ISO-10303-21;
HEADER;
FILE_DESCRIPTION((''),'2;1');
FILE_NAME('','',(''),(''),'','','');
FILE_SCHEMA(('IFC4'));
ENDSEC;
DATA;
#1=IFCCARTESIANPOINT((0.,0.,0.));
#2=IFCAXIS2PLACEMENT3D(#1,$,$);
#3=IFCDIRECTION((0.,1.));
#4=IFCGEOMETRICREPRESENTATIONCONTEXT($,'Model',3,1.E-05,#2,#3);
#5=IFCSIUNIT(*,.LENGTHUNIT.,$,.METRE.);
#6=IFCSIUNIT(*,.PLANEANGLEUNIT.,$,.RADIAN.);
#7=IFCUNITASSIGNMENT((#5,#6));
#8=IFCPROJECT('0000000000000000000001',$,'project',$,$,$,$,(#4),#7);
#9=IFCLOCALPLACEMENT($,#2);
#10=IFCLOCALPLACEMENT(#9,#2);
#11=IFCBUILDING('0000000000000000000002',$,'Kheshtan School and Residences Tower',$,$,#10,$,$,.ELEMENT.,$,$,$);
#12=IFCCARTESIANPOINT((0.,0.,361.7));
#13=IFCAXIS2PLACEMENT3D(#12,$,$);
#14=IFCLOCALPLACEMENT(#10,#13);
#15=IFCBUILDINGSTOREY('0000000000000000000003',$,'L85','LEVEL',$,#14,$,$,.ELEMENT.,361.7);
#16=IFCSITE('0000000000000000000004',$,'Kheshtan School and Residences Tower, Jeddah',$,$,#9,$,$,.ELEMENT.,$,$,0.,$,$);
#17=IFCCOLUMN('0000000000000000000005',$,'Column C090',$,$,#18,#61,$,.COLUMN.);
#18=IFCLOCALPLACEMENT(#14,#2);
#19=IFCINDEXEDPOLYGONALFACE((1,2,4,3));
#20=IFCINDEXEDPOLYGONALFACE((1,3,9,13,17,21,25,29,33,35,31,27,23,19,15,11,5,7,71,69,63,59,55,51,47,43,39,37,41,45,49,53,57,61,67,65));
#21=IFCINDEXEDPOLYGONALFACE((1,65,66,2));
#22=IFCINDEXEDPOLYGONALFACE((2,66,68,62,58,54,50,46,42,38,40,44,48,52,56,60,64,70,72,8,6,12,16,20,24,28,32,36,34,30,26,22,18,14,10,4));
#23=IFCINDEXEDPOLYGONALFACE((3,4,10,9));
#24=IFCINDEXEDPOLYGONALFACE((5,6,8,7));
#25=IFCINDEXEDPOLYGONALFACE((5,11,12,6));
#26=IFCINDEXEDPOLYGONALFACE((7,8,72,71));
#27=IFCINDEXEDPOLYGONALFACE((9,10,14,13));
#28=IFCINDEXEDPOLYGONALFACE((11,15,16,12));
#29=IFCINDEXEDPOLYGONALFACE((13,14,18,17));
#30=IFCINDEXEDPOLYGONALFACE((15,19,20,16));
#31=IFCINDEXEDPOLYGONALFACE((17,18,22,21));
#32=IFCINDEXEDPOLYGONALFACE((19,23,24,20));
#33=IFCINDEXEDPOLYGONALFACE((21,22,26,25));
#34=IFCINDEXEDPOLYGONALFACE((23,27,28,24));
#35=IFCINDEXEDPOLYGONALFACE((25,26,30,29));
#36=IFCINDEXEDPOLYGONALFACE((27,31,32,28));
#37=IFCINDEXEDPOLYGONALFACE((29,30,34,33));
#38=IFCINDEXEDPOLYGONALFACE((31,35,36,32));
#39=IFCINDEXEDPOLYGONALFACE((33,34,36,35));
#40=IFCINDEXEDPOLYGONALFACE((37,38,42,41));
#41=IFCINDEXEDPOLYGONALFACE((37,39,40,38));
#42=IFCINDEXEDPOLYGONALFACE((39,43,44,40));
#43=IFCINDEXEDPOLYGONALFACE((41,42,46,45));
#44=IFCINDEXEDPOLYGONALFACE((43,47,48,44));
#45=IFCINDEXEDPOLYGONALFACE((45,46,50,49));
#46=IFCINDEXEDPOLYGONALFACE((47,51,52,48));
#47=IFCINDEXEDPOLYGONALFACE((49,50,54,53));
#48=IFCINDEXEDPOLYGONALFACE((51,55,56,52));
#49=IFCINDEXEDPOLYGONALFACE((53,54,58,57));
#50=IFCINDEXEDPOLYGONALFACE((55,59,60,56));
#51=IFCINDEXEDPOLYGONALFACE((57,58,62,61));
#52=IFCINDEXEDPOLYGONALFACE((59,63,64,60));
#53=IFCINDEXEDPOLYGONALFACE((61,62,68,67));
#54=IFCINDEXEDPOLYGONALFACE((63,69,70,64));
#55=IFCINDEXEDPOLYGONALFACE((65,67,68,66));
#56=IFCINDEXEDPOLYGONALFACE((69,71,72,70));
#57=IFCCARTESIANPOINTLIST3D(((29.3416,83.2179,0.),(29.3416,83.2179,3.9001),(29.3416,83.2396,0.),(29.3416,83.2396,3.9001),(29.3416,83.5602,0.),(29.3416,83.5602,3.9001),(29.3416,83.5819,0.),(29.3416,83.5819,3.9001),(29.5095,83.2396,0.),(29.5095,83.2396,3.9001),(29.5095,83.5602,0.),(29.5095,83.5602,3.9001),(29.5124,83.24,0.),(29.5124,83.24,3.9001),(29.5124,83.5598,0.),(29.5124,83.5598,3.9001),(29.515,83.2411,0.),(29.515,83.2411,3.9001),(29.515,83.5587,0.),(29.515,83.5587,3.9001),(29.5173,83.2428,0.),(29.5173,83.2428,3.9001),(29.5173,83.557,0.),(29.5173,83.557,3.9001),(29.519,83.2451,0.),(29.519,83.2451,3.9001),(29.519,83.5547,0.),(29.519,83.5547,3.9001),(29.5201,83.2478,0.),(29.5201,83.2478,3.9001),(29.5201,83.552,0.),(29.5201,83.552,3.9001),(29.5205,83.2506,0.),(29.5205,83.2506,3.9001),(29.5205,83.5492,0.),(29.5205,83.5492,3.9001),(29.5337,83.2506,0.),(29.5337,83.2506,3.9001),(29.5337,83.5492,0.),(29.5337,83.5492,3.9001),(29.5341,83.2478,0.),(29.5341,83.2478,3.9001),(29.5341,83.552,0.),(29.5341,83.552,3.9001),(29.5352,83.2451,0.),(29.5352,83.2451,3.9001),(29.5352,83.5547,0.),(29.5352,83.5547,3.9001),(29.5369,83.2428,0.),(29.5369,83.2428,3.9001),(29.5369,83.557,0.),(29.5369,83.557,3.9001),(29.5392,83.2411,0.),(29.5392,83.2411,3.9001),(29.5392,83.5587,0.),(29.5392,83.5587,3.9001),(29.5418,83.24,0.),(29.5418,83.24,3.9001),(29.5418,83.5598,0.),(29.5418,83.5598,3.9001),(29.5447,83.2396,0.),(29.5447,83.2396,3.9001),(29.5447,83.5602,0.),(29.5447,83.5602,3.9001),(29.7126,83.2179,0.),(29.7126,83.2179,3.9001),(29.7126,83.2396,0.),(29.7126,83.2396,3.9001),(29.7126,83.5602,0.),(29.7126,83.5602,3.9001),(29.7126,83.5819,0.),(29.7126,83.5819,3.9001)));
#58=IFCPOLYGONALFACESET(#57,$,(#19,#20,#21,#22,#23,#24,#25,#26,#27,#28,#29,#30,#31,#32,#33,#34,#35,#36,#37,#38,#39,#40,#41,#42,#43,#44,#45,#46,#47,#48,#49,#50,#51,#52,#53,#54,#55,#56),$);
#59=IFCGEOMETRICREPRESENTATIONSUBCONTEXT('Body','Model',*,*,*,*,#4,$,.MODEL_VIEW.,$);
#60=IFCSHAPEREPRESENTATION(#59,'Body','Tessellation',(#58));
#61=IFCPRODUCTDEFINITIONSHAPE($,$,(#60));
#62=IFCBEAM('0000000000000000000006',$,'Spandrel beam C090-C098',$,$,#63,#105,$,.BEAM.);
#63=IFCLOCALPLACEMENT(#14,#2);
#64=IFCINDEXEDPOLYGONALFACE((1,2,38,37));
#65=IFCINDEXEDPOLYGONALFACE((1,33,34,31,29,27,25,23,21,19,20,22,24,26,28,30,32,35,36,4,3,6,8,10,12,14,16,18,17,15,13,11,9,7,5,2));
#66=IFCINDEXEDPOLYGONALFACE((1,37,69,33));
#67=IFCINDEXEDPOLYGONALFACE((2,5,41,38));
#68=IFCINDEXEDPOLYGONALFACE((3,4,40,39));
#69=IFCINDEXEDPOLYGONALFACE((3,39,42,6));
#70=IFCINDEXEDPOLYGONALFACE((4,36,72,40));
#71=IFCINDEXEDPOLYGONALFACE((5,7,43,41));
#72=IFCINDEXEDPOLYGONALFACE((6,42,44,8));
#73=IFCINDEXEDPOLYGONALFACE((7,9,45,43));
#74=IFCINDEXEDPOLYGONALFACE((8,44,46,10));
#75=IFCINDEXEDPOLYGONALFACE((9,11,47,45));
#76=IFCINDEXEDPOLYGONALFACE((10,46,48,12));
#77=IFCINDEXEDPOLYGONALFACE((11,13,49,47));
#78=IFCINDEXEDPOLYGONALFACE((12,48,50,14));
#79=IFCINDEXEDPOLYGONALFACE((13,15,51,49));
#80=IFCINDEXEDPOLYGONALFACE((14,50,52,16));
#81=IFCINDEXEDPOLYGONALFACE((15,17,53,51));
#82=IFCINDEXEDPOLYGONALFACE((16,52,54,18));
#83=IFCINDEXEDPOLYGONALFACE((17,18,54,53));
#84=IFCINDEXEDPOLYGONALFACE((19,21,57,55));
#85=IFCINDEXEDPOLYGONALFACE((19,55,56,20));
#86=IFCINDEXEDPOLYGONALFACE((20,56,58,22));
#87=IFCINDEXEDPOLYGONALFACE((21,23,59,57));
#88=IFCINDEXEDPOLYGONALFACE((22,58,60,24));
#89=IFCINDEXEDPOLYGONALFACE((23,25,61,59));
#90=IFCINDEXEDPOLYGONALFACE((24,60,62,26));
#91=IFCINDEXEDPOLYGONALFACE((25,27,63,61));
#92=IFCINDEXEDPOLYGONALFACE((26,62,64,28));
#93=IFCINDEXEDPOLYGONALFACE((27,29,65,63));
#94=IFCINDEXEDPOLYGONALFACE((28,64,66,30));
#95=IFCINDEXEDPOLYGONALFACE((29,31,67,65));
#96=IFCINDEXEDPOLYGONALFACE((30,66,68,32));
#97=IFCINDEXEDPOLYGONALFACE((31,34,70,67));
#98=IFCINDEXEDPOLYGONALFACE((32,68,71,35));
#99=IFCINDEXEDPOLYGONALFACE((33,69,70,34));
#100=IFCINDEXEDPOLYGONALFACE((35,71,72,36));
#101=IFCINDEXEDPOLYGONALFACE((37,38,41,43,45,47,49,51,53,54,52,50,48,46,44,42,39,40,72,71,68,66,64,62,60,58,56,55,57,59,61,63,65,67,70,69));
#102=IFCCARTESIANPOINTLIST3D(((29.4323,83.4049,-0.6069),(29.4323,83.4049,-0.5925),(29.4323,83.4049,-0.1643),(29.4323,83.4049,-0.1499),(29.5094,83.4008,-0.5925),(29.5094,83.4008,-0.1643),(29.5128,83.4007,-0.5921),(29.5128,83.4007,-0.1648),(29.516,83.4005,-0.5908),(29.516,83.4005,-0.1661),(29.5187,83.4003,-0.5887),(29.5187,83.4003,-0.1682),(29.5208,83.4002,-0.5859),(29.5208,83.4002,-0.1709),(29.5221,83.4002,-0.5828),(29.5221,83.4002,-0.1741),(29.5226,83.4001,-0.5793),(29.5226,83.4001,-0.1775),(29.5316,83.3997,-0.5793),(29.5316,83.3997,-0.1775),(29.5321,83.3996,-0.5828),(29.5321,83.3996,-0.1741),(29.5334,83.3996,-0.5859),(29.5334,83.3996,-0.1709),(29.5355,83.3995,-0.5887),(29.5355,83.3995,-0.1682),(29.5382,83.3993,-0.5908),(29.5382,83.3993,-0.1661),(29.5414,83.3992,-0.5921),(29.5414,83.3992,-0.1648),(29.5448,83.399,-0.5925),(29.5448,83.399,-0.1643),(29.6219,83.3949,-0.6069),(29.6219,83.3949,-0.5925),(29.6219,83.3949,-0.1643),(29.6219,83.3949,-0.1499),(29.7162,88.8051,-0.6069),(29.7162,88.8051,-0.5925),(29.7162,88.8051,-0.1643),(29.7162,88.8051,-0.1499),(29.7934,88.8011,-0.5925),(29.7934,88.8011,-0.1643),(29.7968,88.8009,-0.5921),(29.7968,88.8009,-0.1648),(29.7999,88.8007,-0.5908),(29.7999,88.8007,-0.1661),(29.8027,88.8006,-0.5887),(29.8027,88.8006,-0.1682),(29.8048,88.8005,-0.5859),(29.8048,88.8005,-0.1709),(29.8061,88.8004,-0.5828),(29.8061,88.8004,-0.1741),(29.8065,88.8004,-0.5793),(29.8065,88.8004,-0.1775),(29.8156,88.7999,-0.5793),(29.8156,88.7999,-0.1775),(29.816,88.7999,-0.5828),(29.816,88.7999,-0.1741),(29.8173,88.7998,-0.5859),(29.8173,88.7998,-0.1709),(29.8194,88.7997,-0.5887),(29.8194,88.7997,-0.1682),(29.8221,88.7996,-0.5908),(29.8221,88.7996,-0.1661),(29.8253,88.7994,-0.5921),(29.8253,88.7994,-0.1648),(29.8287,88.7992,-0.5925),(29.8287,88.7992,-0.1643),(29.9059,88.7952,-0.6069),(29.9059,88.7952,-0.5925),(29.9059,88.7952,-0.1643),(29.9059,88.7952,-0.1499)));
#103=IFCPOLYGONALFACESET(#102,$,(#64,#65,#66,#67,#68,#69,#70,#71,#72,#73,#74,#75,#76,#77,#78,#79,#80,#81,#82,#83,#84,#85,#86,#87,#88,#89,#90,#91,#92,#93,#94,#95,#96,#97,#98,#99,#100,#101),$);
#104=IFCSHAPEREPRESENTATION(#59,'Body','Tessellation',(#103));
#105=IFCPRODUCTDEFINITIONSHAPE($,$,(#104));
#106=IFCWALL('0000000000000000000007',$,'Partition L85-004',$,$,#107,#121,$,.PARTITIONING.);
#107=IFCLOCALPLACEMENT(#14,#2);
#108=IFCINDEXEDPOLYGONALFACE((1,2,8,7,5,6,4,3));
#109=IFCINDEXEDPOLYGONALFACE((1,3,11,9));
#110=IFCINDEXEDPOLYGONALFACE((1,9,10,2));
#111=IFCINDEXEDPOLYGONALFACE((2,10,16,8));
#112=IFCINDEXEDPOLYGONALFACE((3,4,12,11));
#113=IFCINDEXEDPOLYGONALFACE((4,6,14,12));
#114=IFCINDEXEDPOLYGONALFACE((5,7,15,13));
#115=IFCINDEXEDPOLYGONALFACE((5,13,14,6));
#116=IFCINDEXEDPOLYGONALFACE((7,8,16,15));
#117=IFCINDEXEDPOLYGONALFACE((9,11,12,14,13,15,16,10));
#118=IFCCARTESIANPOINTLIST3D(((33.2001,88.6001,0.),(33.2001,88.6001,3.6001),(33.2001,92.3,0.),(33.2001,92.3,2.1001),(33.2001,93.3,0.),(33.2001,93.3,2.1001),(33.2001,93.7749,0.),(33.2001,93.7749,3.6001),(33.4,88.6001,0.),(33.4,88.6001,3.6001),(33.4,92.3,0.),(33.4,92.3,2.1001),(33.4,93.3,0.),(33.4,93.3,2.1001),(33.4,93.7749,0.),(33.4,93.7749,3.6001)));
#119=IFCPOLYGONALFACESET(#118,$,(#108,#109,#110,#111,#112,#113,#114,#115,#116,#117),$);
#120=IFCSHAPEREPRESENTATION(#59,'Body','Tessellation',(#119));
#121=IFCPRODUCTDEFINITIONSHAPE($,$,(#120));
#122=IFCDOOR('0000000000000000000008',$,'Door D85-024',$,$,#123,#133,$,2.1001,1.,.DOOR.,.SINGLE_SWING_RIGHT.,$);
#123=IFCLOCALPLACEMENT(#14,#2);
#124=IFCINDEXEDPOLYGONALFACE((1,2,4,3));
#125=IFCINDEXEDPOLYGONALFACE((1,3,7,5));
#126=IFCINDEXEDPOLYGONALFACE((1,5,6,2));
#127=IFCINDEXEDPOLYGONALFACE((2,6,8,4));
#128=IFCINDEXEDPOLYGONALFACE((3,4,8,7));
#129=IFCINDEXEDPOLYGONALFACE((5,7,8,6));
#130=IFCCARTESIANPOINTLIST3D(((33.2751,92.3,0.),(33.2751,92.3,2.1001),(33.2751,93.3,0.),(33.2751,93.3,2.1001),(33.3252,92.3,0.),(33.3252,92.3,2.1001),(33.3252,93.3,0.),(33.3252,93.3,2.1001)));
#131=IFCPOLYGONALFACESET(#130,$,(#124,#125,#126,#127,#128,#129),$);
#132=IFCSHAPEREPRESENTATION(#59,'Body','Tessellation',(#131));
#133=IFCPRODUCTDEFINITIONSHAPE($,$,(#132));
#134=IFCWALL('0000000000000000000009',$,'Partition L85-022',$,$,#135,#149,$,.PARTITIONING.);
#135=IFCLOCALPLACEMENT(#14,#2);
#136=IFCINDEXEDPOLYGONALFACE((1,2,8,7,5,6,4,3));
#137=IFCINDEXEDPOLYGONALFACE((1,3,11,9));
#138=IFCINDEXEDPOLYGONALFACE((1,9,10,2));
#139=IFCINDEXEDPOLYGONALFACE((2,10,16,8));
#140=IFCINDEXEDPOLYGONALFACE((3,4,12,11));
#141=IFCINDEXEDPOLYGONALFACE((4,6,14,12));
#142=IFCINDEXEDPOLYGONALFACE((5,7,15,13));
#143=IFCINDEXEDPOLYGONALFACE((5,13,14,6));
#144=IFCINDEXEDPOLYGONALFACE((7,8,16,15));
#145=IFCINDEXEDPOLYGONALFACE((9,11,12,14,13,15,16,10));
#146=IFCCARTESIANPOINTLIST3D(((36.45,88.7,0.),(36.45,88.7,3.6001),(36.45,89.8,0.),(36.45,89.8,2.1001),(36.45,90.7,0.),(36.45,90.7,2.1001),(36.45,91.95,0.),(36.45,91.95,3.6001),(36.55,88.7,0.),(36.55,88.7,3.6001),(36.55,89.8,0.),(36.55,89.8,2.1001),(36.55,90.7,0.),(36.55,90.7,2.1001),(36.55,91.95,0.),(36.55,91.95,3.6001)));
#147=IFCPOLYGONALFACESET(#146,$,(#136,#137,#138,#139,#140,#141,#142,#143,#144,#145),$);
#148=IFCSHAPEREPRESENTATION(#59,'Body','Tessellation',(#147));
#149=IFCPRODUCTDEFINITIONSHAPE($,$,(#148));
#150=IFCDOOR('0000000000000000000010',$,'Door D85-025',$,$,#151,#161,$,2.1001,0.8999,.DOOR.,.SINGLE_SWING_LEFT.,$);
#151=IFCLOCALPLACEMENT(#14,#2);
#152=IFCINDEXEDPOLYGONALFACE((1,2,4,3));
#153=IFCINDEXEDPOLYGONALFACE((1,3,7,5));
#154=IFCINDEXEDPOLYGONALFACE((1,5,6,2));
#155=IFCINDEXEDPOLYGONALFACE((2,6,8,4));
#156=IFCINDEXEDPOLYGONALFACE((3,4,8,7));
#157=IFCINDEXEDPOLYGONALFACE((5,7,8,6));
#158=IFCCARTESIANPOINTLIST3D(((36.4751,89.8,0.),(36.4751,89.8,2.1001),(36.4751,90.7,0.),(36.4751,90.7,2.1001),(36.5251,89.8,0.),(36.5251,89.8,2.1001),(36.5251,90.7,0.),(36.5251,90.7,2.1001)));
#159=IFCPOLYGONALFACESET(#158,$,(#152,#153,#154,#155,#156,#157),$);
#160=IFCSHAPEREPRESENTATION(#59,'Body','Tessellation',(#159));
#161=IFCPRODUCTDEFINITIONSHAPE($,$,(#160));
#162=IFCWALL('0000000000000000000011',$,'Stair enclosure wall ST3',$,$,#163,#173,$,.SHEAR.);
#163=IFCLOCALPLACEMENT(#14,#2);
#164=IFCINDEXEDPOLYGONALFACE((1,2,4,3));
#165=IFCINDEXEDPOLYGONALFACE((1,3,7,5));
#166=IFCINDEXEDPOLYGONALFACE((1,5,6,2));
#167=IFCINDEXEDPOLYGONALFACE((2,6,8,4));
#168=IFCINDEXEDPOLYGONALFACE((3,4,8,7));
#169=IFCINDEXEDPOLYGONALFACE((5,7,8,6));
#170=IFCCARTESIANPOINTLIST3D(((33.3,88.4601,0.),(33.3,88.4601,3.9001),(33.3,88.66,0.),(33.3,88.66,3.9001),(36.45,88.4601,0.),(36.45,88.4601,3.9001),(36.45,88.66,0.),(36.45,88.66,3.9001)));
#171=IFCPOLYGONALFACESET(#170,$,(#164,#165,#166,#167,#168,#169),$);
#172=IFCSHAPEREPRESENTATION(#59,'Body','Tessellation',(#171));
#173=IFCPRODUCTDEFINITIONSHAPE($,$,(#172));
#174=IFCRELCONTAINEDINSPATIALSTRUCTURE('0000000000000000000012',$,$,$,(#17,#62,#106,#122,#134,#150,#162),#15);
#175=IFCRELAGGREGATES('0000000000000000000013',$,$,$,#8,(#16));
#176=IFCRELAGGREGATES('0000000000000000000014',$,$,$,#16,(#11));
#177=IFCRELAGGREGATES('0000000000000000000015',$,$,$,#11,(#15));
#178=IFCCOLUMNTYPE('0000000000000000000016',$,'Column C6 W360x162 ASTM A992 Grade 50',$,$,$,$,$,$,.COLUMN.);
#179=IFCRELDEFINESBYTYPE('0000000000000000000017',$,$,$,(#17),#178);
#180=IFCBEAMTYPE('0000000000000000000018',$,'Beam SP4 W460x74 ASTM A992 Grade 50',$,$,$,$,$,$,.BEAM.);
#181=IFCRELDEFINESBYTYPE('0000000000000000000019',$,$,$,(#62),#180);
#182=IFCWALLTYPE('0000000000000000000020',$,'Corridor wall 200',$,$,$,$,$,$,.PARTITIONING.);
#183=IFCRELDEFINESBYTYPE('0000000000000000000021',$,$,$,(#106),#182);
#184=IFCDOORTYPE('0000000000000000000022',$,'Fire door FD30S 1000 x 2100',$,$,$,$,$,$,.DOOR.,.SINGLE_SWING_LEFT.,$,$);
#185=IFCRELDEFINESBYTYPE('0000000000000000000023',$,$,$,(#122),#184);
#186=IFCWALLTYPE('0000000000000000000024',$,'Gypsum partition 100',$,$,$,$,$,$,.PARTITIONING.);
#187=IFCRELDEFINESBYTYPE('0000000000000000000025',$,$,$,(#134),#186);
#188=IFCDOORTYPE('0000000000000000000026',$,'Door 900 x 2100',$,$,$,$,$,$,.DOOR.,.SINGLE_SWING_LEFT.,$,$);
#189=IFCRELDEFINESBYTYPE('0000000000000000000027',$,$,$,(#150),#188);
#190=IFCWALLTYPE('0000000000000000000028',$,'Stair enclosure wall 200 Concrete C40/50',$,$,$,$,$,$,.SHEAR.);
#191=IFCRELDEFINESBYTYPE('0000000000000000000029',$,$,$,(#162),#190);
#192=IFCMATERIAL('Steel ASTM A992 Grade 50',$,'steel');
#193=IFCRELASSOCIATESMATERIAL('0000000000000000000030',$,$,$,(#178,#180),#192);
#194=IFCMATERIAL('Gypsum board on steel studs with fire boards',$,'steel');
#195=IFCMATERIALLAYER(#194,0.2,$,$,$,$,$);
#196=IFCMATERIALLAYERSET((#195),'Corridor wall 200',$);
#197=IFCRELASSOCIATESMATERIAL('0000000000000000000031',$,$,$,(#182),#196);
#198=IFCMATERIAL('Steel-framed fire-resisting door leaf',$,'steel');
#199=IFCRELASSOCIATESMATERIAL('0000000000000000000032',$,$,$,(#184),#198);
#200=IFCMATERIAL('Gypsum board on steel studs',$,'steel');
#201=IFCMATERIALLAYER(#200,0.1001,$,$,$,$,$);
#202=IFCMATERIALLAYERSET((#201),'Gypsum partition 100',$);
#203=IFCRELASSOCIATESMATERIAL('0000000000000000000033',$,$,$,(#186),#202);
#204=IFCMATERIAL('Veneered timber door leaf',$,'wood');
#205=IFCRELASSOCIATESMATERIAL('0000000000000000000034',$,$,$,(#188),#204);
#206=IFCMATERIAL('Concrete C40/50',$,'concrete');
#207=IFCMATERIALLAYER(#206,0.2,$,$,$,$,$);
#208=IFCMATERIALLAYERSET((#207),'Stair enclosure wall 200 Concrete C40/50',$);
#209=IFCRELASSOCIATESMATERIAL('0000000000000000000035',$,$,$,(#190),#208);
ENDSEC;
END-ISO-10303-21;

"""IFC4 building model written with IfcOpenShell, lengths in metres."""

from ifc_helpers import new_model, si_unit, direction, frame, frame_2d, origin, origin_2d, place, context, subcontext, project, spatial, rectangle, i_section, extrude, source, transform, mapped, material, layer, layer_set, material_profile, profile_set, type_object, element, fill, save


model = new_model("IFC4")

# Units and contexts
model_context = context("Model", 3, precision=1e-05, world=origin(), true_north=direction((0.0, 1.0)))
body_context = subcontext(model_context, "Body", "Model", "MODEL_VIEW")
ifc_project = project(units=[si_unit("LENGTHUNIT", "METRE"), si_unit("PLANEANGLEUNIT", "RADIAN")], contexts=[model_context])

# Site, building, storey
site_placement = place(None, origin())
site = spatial("IfcSite", under=ifc_project, at=site_placement, Name="Kheshtan School and Residences Tower, Jeddah", CompositionType="ELEMENT", RefElevation=0.0)
building_placement = place(site_placement, origin())
building = spatial("IfcBuilding", under=site, at=building_placement, Name="Kheshtan School and Residences Tower", CompositionType="ELEMENT")
storey_placement = place(building_placement, frame((0.0, 0.0, 361.7)))
storey = spatial("IfcBuildingStorey", under=building, at=storey_placement, Name="L85", Description="LEVEL", CompositionType="ELEMENT", Elevation=361.7)

# Column
ifc_material_1 = material(Name="Steel ASTM A992 Grade 50", Category="steel")
ifc_material_profile_1 = material_profile(ifc_material_1, i_section(OverallWidth=0.3711, OverallDepth=0.364, WebThickness=0.0132, FlangeThickness=0.0217, FilletRadius=0.011, at=origin_2d()), Name="W360x162")
ifc_profile_set_1 = profile_set([ifc_material_profile_1], Name="Steel ASTM A992 Grade 50")
column_type = type_object("IfcColumnType", Name="Column C6 W360x162 ASTM A992 Grade 50", PredefinedType="COLUMN", material=ifc_profile_set_1)
column_placement = place(storey_placement, frame((29.5271, 83.3999, 0.0), z_axis=(0.0, 0.0, 1.0), x_axis=(1.0, 0.0, 0.0)))
element("IfcColumn", 1, at=column_placement, inside=storey, type_object=column_type, Name="Column C090", PredefinedType="COLUMN", context=body_context, shape_type="SweptSolid", body=[
    extrude(i_section(OverallWidth=0.3711, OverallDepth=0.364, WebThickness=0.0132, FlangeThickness=0.0217, FilletRadius=0.011, at=origin_2d()), origin(), (0.0, 0.0, 1.0), 3.9001),
])

# Beam
ifc_material_profile_2 = material_profile(ifc_material_1, i_section(OverallWidth=0.1899, OverallDepth=0.457, WebThickness=0.009, FlangeThickness=0.0144, FilletRadius=0.0132, at=origin_2d()), Name="W460x74")
ifc_profile_set_2 = profile_set([ifc_material_profile_2], Name="Steel ASTM A992 Grade 50")
beam_type = type_object("IfcBeamType", Name="Beam SP4 W460x74 ASTM A992 Grade 50", PredefinedType="BEAM", material=ifc_profile_set_2)
beam_placement = place(storey_placement, frame((29.5271, 83.3999, -0.3784), z_axis=(0.052507, 0.998621, 0.0), x_axis=(-0.998621, 0.052507, 0.0)))
element("IfcBeam", 2, at=beam_placement, inside=storey, type_object=beam_type, Name="Spandrel beam C090-C098", PredefinedType="BEAM", context=body_context, shape_type="SweptSolid", body=[
    extrude(i_section(OverallWidth=0.1899, OverallDepth=0.457, WebThickness=0.009, FlangeThickness=0.0144, FilletRadius=0.0132, at=origin_2d()), origin(), (0.0, 0.0, 1.0), 5.4077),
])

# Walls, openings, doors
ifc_material_2 = material(Name="Gypsum board on steel studs with fire boards", Category="steel")
ifc_layer_1 = layer(ifc_material_2, 0.2)
ifc_layer_set_1 = layer_set([ifc_layer_1], Name="Corridor wall 200")
wall_type_1 = type_object("IfcWallType", Name="Corridor wall 200", PredefinedType="PARTITIONING", material=ifc_layer_set_1)
wall_1_placement = place(storey_placement, frame((33.3, 88.6001, 0.0), z_axis=(0.0, 0.0, 1.0), x_axis=(0.0, 1.0, 0.0)))
wall_1 = element("IfcWall", 3, at=wall_1_placement, inside=storey, type_object=wall_type_1, Name="Partition L85-004", PredefinedType="PARTITIONING", context=body_context, shape_type="SweptSolid", body=[
    extrude(rectangle(XDim=5.1748, YDim=0.2, at=frame_2d((2.5874, 0.0))), origin(), (0.0, 0.0, 1.0), 3.6001),
])
opening_1_placement = place(wall_1_placement, frame((3.7, 0.0, 0.0)))
opening_1 = element("IfcOpeningElement", 4, at=opening_1_placement, cuts=wall_1, PredefinedType="OPENING", context=body_context, shape_type="SweptSolid", body=[
    extrude(rectangle(XDim=1.0, YDim=2.1001, at=frame_2d((0.5, 1.05))), frame((0.0, 0.1099, 0.0), z_axis=(0.0, -1.0, 0.0), x_axis=(1.0, 0.0, 0.0)), (0.0, 0.0, 1.0), 0.22),
])
ifc_material_3 = material(Name="Steel-framed fire-resisting door leaf", Category="steel")
door_type_1 = type_object("IfcDoorType", Name="Fire door FD30S 1000 x 2100", OperationType="SINGLE_SWING_LEFT", PredefinedType="DOOR", material=ifc_material_3)
shared_shape_1 = source(origin(), body_context, "Body", "SweptSolid", [
    extrude(rectangle(XDim=1.0, YDim=2.1001, at=frame_2d((0.5, 1.05))), frame((0.0, 0.0249, 0.0), z_axis=(0.0, -1.0, 0.0), x_axis=(1.0, 0.0, 0.0)), (0.0, 0.0, 1.0), 0.05),
])
door_1_placement = place(opening_1_placement, origin())
door_1 = element("IfcDoor", 5, at=door_1_placement, inside=storey, type_object=door_type_1, Name="Door D85-024", OperationType="SINGLE_SWING_RIGHT", OverallHeight=2.1001, OverallWidth=1.0, PredefinedType="DOOR", context=body_context, shape_type="MappedRepresentation", body=[
    mapped(shared_shape_1, transform((0.0, 0.0, 0.0), x_axis=(1.0, 0.0, 0.0), y_axis=(0.0, 1.0, 0.0), z_axis=(0.0, 0.0, 1.0), scale=1.0)),
])
fill(opening_1, door_1)
ifc_material_4 = material(Name="Gypsum board on steel studs", Category="steel")
ifc_layer_2 = layer(ifc_material_4, 0.1001)
ifc_layer_set_2 = layer_set([ifc_layer_2], Name="Gypsum partition 100")
wall_type_2 = type_object("IfcWallType", Name="Gypsum partition 100", PredefinedType="PARTITIONING", material=ifc_layer_set_2)
wall_2_placement = place(storey_placement, frame((36.5, 88.7, 0.0), z_axis=(0.0, 0.0, 1.0), x_axis=(0.0, 1.0, 0.0)))
wall_2 = element("IfcWall", 6, at=wall_2_placement, inside=storey, type_object=wall_type_2, Name="Partition L85-022", PredefinedType="PARTITIONING", context=body_context, shape_type="SweptSolid", body=[
    extrude(rectangle(XDim=3.25, YDim=0.1001, at=frame_2d((1.625, 0.0))), origin(), (0.0, 0.0, 1.0), 3.6001),
])
opening_2_placement = place(wall_2_placement, frame((1.1001, 0.0, 0.0)))
opening_2 = element("IfcOpeningElement", 7, at=opening_2_placement, cuts=wall_2, PredefinedType="OPENING", context=body_context, shape_type="SweptSolid", body=[
    extrude(rectangle(XDim=0.8999, YDim=2.1001, at=frame_2d((0.45, 1.05))), frame((0.0, 0.0601, 0.0), z_axis=(0.0, -1.0, 0.0), x_axis=(1.0, 0.0, 0.0)), (0.0, 0.0, 1.0), 0.1201),
])
ifc_material_5 = material(Name="Veneered timber door leaf", Category="wood")
door_type_2 = type_object("IfcDoorType", Name="Door 900 x 2100", OperationType="SINGLE_SWING_LEFT", PredefinedType="DOOR", material=ifc_material_5)
shared_shape_2 = source(origin(), body_context, "Body", "SweptSolid", [
    extrude(rectangle(XDim=0.8999, YDim=2.1001, at=frame_2d((0.45, 1.05))), frame((0.0, 0.0249, 0.0), z_axis=(0.0, -1.0, 0.0), x_axis=(1.0, 0.0, 0.0)), (0.0, 0.0, 1.0), 0.05),
])
door_2_placement = place(opening_2_placement, origin())
door_2 = element("IfcDoor", 8, at=door_2_placement, inside=storey, type_object=door_type_2, Name="Door D85-025", OperationType="SINGLE_SWING_LEFT", OverallHeight=2.1001, OverallWidth=0.8999, PredefinedType="DOOR", context=body_context, shape_type="MappedRepresentation", body=[
    mapped(shared_shape_2, transform((0.0, 0.0, 0.0), x_axis=(1.0, 0.0, 0.0), y_axis=(0.0, 1.0, 0.0), z_axis=(0.0, 0.0, 1.0), scale=1.0)),
])
fill(opening_2, door_2)

# Wall
ifc_material_6 = material(Name="Concrete C40/50", Category="concrete")
ifc_layer_3 = layer(ifc_material_6, 0.2)
ifc_layer_set_3 = layer_set([ifc_layer_3], Name="Stair enclosure wall 200 Concrete C40/50")
wall_type_3 = type_object("IfcWallType", Name="Stair enclosure wall 200 Concrete C40/50", PredefinedType="SHEAR", material=ifc_layer_set_3)
wall_3_placement = place(storey_placement, frame((33.3, 88.5601, 0.0), z_axis=(0.0, 0.0, 1.0), x_axis=(1.0, 0.0, 0.0)))
element("IfcWall", 9, at=wall_3_placement, inside=storey, type_object=wall_type_3, Name="Stair enclosure wall ST3", PredefinedType="SHEAR", context=body_context, shape_type="SweptSolid", body=[
    extrude(rectangle(XDim=3.1499, YDim=0.2, at=frame_2d((1.575, 0.0))), origin(), (0.0, 0.0, 1.0), 3.9001),
])

save(model, "model.ifc")
